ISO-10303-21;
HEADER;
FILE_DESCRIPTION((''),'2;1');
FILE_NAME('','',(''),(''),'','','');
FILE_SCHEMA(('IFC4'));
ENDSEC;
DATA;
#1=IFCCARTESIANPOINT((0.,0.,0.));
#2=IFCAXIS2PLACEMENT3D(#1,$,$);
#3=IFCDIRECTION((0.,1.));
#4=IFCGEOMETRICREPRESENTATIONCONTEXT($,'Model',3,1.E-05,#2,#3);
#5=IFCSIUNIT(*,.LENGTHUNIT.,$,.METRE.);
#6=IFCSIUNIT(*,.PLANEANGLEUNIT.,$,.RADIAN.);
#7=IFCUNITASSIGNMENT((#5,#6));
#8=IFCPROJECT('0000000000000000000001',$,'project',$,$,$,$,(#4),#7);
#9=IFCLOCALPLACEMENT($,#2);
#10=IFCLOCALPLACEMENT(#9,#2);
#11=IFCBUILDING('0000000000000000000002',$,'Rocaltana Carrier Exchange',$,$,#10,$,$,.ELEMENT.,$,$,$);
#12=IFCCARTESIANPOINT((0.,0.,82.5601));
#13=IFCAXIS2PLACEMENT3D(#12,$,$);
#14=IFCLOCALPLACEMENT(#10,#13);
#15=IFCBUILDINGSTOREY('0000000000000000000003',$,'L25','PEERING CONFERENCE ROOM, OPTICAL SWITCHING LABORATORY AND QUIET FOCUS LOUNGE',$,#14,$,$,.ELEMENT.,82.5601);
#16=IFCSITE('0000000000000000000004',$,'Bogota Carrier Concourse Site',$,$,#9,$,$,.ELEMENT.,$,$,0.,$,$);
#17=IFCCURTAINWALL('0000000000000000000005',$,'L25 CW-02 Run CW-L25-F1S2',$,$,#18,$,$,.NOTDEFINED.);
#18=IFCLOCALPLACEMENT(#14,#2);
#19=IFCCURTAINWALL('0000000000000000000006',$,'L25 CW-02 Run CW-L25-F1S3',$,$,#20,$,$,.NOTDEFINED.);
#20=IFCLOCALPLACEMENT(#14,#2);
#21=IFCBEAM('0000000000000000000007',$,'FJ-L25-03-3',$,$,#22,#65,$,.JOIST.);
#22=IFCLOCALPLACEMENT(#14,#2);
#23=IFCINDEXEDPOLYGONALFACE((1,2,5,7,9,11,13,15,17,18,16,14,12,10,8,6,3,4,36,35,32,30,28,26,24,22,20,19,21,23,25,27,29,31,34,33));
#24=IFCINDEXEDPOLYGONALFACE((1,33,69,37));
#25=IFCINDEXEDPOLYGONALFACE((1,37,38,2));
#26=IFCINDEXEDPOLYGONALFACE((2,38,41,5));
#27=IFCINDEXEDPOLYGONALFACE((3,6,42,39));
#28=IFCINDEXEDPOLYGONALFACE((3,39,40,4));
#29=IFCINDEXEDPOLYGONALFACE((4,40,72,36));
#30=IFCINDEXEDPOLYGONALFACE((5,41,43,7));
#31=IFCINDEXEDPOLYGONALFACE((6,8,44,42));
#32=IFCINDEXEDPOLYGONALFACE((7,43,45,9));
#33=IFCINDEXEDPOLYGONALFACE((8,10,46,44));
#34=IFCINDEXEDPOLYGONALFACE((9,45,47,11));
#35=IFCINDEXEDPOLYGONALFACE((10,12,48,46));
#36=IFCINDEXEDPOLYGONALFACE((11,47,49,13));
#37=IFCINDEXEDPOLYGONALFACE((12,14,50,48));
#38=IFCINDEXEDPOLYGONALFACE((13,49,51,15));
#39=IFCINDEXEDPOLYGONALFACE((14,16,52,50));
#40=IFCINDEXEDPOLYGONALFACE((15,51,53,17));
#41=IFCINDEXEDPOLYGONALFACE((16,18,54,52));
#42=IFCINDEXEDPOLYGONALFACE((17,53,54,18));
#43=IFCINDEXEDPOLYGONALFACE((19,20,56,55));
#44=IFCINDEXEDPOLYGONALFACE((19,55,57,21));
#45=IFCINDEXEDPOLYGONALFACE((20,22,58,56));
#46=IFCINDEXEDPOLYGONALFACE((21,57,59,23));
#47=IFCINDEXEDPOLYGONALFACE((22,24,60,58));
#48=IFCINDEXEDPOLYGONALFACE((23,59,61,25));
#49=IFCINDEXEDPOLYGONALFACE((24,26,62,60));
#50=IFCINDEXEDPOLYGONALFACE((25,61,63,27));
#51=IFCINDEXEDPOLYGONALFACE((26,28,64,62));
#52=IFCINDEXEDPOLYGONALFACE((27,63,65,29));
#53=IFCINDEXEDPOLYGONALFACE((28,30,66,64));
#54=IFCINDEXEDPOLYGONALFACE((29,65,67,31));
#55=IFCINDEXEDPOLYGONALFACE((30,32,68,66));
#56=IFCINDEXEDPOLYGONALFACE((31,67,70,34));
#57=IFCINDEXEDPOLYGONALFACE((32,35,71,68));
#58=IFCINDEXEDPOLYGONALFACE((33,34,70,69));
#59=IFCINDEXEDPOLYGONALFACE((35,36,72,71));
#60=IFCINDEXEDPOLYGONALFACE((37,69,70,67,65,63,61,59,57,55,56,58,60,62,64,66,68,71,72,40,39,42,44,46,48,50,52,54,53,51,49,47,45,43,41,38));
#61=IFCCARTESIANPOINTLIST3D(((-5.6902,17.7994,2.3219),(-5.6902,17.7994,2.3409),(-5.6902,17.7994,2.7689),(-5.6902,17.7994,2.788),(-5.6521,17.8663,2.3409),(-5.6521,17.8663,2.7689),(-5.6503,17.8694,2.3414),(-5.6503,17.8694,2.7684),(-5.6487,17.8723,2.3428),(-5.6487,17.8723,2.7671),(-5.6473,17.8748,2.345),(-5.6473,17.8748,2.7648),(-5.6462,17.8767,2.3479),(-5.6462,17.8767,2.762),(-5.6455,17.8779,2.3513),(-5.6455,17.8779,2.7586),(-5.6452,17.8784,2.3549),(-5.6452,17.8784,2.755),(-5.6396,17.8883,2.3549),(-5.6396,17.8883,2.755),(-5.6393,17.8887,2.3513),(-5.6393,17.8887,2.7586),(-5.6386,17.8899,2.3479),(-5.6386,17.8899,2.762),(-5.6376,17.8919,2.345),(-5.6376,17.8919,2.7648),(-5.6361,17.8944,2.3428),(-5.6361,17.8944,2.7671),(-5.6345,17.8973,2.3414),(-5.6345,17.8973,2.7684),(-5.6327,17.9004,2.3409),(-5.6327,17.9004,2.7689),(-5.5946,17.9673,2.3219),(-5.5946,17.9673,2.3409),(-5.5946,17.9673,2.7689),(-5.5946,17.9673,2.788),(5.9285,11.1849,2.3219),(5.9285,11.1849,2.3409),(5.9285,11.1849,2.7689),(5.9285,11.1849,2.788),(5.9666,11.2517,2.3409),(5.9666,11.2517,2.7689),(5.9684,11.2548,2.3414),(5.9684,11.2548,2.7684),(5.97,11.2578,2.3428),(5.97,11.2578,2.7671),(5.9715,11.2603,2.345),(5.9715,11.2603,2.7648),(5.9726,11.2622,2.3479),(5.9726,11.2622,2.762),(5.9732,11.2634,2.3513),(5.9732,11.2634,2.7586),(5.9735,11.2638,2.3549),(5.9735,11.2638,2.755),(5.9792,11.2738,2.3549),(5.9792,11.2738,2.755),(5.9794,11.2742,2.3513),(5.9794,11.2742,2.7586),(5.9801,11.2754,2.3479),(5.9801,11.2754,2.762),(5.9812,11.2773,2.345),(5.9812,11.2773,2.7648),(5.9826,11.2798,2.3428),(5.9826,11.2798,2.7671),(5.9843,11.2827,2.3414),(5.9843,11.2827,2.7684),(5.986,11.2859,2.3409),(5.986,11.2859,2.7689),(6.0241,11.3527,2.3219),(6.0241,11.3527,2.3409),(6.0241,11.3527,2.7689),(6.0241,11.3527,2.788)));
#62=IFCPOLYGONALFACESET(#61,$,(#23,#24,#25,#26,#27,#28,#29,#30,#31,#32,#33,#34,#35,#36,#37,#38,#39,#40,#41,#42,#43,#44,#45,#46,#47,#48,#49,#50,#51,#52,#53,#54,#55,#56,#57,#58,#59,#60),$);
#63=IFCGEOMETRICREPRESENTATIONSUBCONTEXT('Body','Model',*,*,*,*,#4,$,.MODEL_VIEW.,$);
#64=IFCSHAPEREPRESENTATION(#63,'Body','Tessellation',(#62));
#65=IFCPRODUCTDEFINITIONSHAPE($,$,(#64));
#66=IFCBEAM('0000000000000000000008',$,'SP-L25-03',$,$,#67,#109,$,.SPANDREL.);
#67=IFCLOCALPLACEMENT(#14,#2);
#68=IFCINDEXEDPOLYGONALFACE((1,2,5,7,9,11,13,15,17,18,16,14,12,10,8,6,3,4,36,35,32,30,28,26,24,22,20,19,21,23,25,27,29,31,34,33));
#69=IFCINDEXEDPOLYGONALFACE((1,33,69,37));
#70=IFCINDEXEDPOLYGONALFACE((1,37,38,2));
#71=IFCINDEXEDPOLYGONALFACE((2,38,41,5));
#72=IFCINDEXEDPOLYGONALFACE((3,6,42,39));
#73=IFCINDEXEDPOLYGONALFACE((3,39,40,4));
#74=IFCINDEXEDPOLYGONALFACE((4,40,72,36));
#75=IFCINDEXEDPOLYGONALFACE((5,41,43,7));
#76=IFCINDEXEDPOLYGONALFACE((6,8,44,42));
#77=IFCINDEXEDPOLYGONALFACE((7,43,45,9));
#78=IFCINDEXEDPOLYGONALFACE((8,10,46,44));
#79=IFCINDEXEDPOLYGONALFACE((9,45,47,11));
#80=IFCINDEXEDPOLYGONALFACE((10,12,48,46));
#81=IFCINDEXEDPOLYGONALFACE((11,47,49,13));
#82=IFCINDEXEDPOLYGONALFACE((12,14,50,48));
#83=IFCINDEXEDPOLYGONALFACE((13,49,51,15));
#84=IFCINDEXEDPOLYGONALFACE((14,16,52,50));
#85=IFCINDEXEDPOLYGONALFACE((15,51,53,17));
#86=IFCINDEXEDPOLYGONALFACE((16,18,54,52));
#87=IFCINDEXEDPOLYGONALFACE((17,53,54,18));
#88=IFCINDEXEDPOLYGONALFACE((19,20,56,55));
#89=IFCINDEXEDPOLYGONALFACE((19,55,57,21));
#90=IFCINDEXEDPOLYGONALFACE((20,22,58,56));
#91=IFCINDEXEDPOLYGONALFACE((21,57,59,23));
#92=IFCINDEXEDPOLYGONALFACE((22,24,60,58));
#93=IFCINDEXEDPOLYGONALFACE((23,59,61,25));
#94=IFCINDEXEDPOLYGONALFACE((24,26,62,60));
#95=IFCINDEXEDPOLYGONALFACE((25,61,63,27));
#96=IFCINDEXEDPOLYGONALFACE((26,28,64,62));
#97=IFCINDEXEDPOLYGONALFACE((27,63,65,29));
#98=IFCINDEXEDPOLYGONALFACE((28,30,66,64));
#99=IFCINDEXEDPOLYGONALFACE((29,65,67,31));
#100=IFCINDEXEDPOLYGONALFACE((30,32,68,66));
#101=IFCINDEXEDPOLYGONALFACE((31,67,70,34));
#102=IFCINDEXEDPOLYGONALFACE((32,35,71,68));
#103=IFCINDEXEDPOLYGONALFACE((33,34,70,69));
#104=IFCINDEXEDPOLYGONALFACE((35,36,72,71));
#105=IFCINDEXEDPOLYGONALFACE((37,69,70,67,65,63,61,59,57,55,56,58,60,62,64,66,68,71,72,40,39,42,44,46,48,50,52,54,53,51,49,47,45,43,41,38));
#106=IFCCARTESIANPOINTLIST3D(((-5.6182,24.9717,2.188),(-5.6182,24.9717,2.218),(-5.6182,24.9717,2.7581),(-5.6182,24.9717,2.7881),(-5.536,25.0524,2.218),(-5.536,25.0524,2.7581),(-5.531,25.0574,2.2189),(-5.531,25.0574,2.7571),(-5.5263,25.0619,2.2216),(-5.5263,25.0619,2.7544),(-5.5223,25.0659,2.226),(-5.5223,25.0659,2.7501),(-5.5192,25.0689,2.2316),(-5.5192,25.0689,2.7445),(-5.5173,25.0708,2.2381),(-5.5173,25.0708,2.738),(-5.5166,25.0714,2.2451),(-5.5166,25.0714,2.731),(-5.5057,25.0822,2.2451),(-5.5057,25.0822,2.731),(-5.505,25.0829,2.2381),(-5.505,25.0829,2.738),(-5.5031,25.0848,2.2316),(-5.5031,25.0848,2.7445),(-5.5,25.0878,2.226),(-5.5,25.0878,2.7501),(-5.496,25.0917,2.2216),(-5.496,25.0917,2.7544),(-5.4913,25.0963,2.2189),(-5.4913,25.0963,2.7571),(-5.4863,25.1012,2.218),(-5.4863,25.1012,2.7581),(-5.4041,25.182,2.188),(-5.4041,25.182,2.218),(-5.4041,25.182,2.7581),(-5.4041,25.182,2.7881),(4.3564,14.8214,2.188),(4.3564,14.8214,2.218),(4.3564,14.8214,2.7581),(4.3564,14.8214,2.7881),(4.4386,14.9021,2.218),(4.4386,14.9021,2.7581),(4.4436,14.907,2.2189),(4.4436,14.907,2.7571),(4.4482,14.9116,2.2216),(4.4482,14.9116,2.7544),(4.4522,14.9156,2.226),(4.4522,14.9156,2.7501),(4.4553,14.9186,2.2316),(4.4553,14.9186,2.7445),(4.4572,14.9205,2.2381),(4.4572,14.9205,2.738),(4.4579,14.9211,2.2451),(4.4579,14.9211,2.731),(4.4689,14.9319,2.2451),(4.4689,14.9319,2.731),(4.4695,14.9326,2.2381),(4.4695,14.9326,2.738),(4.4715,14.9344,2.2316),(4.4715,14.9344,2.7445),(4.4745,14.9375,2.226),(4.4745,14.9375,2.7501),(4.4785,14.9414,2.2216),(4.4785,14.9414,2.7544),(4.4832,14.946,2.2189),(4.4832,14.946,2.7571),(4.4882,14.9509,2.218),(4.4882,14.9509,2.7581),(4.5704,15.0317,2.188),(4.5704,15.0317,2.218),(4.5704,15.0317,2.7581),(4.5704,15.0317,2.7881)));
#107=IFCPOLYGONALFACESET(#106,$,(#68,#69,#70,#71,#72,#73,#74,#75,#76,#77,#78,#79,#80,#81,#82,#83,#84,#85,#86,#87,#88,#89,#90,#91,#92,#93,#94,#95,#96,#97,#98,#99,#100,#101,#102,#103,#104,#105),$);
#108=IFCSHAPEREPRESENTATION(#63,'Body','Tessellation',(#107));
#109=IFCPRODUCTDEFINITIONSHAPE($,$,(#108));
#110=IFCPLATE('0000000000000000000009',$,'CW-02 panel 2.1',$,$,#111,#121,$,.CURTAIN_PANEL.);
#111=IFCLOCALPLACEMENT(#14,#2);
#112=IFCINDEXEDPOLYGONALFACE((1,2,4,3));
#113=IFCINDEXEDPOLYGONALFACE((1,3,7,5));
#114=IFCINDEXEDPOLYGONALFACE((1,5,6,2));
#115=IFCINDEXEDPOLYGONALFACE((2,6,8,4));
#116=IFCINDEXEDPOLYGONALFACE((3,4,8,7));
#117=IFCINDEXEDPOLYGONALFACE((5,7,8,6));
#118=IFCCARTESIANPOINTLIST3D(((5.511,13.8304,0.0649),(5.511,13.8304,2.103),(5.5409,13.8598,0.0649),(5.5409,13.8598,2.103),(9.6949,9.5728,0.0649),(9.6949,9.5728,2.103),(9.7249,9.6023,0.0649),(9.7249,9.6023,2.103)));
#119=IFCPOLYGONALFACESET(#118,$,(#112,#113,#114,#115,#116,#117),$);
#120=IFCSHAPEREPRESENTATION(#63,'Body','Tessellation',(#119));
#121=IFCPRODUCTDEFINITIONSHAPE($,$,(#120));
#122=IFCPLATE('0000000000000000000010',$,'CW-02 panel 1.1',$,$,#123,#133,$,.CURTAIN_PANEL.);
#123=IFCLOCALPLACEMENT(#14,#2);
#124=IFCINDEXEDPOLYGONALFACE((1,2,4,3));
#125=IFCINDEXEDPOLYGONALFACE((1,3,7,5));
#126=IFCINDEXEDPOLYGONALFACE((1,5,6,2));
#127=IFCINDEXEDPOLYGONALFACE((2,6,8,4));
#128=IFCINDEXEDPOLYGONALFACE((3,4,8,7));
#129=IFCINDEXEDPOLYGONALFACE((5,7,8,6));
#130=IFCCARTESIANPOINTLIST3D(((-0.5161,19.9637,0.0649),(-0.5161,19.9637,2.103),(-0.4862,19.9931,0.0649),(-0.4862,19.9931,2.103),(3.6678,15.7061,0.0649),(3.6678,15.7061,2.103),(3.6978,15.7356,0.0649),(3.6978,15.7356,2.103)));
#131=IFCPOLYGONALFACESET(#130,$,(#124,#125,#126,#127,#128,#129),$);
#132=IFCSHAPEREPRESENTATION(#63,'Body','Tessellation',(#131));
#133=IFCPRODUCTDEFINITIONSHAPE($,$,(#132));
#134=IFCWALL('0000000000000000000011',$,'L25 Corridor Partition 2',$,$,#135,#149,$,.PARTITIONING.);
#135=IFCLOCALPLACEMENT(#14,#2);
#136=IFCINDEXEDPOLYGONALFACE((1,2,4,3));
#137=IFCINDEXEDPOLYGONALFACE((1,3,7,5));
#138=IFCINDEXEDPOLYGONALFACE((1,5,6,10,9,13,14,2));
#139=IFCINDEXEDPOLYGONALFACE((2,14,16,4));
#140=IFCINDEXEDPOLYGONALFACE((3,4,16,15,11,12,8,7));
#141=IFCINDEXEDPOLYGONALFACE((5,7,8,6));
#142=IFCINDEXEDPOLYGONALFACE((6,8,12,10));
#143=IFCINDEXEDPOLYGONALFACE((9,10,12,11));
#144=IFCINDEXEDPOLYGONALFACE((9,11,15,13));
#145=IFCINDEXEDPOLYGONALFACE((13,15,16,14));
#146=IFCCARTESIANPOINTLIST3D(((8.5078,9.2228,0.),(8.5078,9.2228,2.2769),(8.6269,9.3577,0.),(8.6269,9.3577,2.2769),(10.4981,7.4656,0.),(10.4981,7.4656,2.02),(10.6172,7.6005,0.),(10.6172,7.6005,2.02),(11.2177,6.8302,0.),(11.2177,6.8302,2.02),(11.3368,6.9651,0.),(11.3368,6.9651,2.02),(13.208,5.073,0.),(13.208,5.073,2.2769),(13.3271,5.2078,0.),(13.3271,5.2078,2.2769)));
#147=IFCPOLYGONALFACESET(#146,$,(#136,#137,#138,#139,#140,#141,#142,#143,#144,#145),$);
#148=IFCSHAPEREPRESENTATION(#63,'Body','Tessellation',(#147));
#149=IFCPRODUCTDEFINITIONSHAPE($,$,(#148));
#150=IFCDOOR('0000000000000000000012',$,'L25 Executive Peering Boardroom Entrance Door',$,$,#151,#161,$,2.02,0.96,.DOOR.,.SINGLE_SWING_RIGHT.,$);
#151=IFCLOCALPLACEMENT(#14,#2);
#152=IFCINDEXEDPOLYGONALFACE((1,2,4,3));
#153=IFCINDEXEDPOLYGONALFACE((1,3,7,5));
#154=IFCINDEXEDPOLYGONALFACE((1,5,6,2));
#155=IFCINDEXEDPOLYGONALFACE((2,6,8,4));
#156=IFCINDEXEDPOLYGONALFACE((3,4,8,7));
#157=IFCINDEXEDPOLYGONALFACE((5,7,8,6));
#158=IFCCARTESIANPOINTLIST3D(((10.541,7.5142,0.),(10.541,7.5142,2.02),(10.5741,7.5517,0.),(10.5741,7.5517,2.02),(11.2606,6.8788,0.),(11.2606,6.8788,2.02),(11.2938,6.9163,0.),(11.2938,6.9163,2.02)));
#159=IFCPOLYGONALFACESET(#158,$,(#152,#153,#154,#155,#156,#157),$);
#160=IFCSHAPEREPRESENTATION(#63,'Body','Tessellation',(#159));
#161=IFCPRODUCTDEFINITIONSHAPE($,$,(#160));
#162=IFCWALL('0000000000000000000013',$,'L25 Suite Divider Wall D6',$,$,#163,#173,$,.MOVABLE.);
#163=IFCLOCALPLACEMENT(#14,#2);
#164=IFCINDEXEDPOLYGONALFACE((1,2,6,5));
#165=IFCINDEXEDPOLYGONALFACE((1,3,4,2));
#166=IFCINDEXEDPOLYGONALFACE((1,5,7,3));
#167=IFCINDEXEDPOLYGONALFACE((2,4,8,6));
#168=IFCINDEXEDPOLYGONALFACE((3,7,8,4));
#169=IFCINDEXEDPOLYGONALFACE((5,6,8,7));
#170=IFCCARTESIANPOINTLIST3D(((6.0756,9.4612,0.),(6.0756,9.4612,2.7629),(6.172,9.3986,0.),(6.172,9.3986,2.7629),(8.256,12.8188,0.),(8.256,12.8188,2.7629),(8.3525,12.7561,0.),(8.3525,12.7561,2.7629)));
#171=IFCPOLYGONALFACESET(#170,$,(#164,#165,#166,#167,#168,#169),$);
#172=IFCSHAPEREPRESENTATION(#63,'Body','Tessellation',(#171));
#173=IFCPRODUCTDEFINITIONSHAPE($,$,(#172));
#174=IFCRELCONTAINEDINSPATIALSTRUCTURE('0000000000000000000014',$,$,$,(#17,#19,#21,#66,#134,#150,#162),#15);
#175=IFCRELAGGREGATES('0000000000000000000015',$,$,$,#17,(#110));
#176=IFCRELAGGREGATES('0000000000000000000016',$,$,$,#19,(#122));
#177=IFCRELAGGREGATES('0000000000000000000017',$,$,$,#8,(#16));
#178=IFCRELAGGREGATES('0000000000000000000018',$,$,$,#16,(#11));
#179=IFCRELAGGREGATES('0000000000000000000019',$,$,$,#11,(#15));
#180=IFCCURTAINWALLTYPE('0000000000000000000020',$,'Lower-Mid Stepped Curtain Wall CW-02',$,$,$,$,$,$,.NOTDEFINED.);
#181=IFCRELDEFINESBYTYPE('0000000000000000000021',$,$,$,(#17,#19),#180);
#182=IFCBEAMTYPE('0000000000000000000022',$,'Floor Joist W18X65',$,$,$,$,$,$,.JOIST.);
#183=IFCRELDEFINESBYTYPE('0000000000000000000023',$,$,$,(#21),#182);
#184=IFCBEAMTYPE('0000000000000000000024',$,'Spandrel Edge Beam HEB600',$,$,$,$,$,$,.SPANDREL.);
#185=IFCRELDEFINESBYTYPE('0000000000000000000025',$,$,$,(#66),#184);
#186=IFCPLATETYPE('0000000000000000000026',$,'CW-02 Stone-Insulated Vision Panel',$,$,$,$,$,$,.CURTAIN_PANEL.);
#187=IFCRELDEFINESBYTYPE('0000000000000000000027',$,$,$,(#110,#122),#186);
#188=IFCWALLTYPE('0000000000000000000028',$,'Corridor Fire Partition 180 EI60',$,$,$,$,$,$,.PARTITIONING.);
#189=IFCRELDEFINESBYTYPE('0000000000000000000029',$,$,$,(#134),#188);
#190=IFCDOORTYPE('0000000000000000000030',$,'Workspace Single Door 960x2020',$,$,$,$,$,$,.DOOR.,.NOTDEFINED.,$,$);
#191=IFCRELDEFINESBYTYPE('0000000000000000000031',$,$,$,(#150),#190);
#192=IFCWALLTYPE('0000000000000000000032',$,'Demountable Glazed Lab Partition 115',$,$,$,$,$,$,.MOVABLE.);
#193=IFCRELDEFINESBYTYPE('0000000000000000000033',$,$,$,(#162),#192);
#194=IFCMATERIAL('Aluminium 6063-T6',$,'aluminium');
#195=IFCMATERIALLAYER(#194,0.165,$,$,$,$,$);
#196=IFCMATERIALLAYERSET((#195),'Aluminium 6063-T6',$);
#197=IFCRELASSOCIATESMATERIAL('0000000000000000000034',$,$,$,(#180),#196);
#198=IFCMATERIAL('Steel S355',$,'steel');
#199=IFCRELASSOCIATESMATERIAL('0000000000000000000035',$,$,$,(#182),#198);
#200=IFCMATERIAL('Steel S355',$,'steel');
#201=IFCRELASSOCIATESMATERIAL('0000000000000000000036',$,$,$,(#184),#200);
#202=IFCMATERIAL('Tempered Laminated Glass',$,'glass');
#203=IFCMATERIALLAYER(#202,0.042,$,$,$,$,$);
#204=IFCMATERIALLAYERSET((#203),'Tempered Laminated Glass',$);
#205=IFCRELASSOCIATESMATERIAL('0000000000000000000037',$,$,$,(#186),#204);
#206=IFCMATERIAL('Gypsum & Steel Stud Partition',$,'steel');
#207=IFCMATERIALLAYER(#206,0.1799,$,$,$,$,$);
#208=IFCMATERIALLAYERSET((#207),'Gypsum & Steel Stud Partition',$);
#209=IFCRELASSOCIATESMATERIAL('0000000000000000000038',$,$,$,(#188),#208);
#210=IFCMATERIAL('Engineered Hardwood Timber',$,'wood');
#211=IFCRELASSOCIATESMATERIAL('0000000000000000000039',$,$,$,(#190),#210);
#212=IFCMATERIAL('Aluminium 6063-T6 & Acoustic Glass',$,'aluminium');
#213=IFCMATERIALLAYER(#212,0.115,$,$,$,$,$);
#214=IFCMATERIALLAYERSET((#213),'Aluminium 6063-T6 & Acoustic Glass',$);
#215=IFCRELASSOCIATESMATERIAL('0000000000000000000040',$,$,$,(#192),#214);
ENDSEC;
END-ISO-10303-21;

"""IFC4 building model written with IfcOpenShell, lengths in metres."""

from ifc_helpers import new_model, si_unit, direction, frame, frame_2d, origin, origin_2d, place, context, subcontext, project, spatial, rectangle, i_section, extrude, material, layer, layer_set, material_profile, profile_set, type_object, element, fill, aggregate, save


model = new_model("IFC4")

# Units and contexts
model_context = context("Model", 3, precision=1e-05, world=origin(), true_north=direction((0.0, 1.0)))
body_context = subcontext(model_context, "Body", "Model", "MODEL_VIEW")
ifc_project = project(units=[si_unit("LENGTHUNIT", "METRE"), si_unit("PLANEANGLEUNIT", "RADIAN")], contexts=[model_context])

# Site, building, storey
site_placement = place(None, origin())
site = spatial("IfcSite", under=ifc_project, at=site_placement, Name="Bogota Carrier Concourse Site", CompositionType="ELEMENT", RefElevation=0.0)
building_placement = place(site_placement, origin())
building = spatial("IfcBuilding", under=site, at=building_placement, Name="Rocaltana Carrier Exchange", CompositionType="ELEMENT")
storey_placement = place(building_placement, frame((0.0, 0.0, 82.5601)))
storey = spatial("IfcBuildingStorey", under=building, at=storey_placement, Name="L25", Description="PEERING CONFERENCE ROOM, OPTICAL SWITCHING LABORATORY AND QUIET FOCUS LOUNGE", CompositionType="ELEMENT", Elevation=82.5601)

# Curtain wall
ifc_material_1 = material(Name="Aluminium 6063-T6", Category="aluminium")
ifc_layer_1 = layer(ifc_material_1, 0.165)
ifc_layer_set_1 = layer_set([ifc_layer_1], Name="Aluminium 6063-T6")
curtain_wall_type = type_object("IfcCurtainWallType", Name="Lower-Mid Stepped Curtain Wall CW-02", PredefinedType="NOTDEFINED", material=ifc_layer_set_1)
curtain_wall_1_placement = place(storey_placement, origin())
curtain_wall_1 = element("IfcCurtainWall", 1, at=curtain_wall_1_placement, inside=storey, type_object=curtain_wall_type, Name="L25 CW-02 Run CW-L25-F1S2", PredefinedType="NOTDEFINED")

# Curtain wall
curtain_wall_2_placement = place(storey_placement, origin())
curtain_wall_2 = element("IfcCurtainWall", 2, at=curtain_wall_2_placement, inside=storey, type_object=curtain_wall_type, Name="L25 CW-02 Run CW-L25-F1S3", PredefinedType="NOTDEFINED")

# Beams
ifc_material_2 = material(Name="Steel S355", Category="steel")
ifc_material_profile_1 = material_profile(ifc_material_2, i_section(OverallWidth=0.1931, OverallDepth=0.4661, WebThickness=0.0115, FlangeThickness=0.019, FilletRadius=0.0139, at=origin_2d()), Name="W18X65")
ifc_profile_set_1 = profile_set([ifc_material_profile_1], Name="Steel S355")
beam_type_1 = type_object("IfcBeamType", Name="Floor Joist W18X65", PredefinedType="JOIST", material=ifc_profile_set_1)
beam_1_placement = place(storey_placement, frame((5.9763, 11.2688, 2.5549), z_axis=(-0.869039, 0.494744, 0.0), x_axis=(-0.494744, -0.869039, 0.0)))
element("IfcBeam", 3, at=beam_1_placement, inside=storey, type_object=beam_type_1, Name="FJ-L25-03-3", PredefinedType="JOIST", context=body_context, shape_type="SweptSolid", body=[
    extrude(i_section(OverallWidth=0.1931, OverallDepth=0.4661, WebThickness=0.0115, FlangeThickness=0.019, FilletRadius=0.0139, at=origin_2d()), origin(), (0.0, 0.0, 1.0), 13.3696),
])
ifc_material_3 = material(Name="Steel S355", Category="steel")
ifc_material_profile_2 = material_profile(ifc_material_3, i_section(OverallWidth=0.3, OverallDepth=0.6001, WebThickness=0.0154, FlangeThickness=0.03, FilletRadius=0.0271, at=origin_2d()), Name="HEB600")
ifc_profile_set_2 = profile_set([ifc_material_profile_2], Name="Steel S355")
beam_type_2 = type_object("IfcBeamType", Name="Spandrel Edge Beam HEB600", PredefinedType="SPANDREL", material=ifc_profile_set_2)
beam_2_placement = place(storey_placement, frame((4.4634, 14.9265, 2.488), z_axis=(-0.700904, 0.713256, 0.0), x_axis=(-0.713256, -0.700904, 0.0)))
element("IfcBeam", 4, at=beam_2_placement, inside=storey, type_object=beam_type_2, Name="SP-L25-03", PredefinedType="SPANDREL", context=body_context, shape_type="SweptSolid", body=[
    extrude(i_section(OverallWidth=0.3, OverallDepth=0.6001, WebThickness=0.0154, FlangeThickness=0.03, FilletRadius=0.0271, at=origin_2d()), origin(), (0.0, 0.0, 1.0), 14.231),
])

# Plates
ifc_material_4 = material(Name="Tempered Laminated Glass", Category="glass")
ifc_layer_2 = layer(ifc_material_4, 0.042)
ifc_layer_set_2 = layer_set([ifc_layer_2], Name="Tempered Laminated Glass")
plate_type = type_object("IfcPlateType", Name="CW-02 Stone-Insulated Vision Panel", PredefinedType="CURTAIN_PANEL", material=ifc_layer_set_2)
plate_1_placement = place(storey_placement, frame((7.6179, 11.7163, 0.0649), z_axis=(0.0, 0.0, 1.0), x_axis=(-0.700915, 0.713245, 0.0)))
plate_1 = element("IfcPlate", 5, at=plate_1_placement, type_object=plate_type, Name="CW-02 panel 2.1", PredefinedType="CURTAIN_PANEL", context=body_context, shape_type="SweptSolid", body=[
    extrude(rectangle(XDim=5.9692, YDim=0.042, at=origin_2d()), origin(), (0.0, 0.0, 1.0), 2.0381),
])
aggregate(curtain_wall_1, [plate_1])
plate_2_placement = place(storey_placement, frame((1.5908, 17.8496, 0.0649), z_axis=(0.0, 0.0, 1.0), x_axis=(-0.700915, 0.713245, 0.0)))
plate_2 = element("IfcPlate", 6, at=plate_2_placement, type_object=plate_type, Name="CW-02 panel 1.1", PredefinedType="CURTAIN_PANEL", context=body_context, shape_type="SweptSolid", body=[
    extrude(rectangle(XDim=5.9692, YDim=0.042, at=origin_2d()), origin(), (0.0, 0.0, 1.0), 2.0381),
])
aggregate(curtain_wall_2, [plate_2])

# Wall, opening, door
ifc_material_5 = material(Name="Gypsum & Steel Stud Partition", Category="steel")
ifc_layer_3 = layer(ifc_material_5, 0.1799)
ifc_layer_set_3 = layer_set([ifc_layer_3], Name="Gypsum & Steel Stud Partition")
wall_type_1 = type_object("IfcWallType", Name="Corridor Fire Partition 180 EI60", PredefinedType="PARTITIONING", material=ifc_layer_set_3)
wall_1_placement = place(storey_placement, frame((8.5674, 9.2903, 0.0), z_axis=(0.0, 0.0, 1.0), x_axis=(0.749626, -0.661861, 0.0)))
wall_1 = element("IfcWall", 7, at=wall_1_placement, inside=storey, type_object=wall_type_1, Name="L25 Corridor Partition 2", PredefinedType="PARTITIONING", context=body_context, shape_type="SweptSolid", body=[
    extrude(rectangle(XDim=6.27, YDim=0.1799, at=frame_2d((3.135, 0.0))), origin(), (0.0, 0.0, 1.0), 2.2769),
])
opening_placement = place(wall_1_placement, frame((2.655, 0.0, 0.0)))
opening = element("IfcOpeningElement", 8, at=opening_placement, cuts=wall_1, PredefinedType="OPENING", context=body_context, shape_type="SweptSolid", body=[
    extrude(rectangle(XDim=0.96, YDim=2.02, at=frame_2d((0.48, 1.01))), frame((0.0, 0.0999, 0.0), z_axis=(0.0, -1.0, 0.0), x_axis=(1.0, 0.0, 0.0)), (0.0, 0.0, 1.0), 0.2),
])
ifc_material_6 = material(Name="Engineered Hardwood Timber", Category="wood")
door_type = type_object("IfcDoorType", Name="Workspace Single Door 960x2020", OperationType="NOTDEFINED", PredefinedType="DOOR", material=ifc_material_6)
door_placement = place(opening_placement, origin())
door = element("IfcDoor", 9, at=door_placement, inside=storey, type_object=door_type, Name="L25 Executive Peering Boardroom Entrance Door", OperationType="SINGLE_SWING_RIGHT", OverallHeight=2.02, OverallWidth=0.96, PredefinedType="DOOR", context=body_context, shape_type="SweptSolid", body=[
    extrude(rectangle(XDim=0.96, YDim=2.02, at=frame_2d((0.48, 1.01))), frame((0.0, 0.0249, 0.0), z_axis=(0.0, -1.0, 0.0), x_axis=(1.0, 0.0, 0.0)), (0.0, 0.0, 1.0), 0.05),
])
fill(opening, door)

# Wall
ifc_material_7 = material(Name="Aluminium 6063-T6 & Acoustic Glass", Category="aluminium")
ifc_layer_4 = layer(ifc_material_7, 0.115)
ifc_layer_set_4 = layer_set([ifc_layer_4], Name="Aluminium 6063-T6 & Acoustic Glass")
wall_type_2 = type_object("IfcWallType", Name="Demountable Glazed Lab Partition 115", PredefinedType="MOVABLE", material=ifc_layer_set_4)
wall_2_placement = place(storey_placement, frame((6.1238, 9.4299, 0.0), z_axis=(0.0, 0.0, 1.0), x_axis=(0.544654, 0.838661, 0.0)))
element("IfcWall", 10, at=wall_2_placement, inside=storey, type_object=wall_type_2, Name="L25 Suite Divider Wall D6", PredefinedType="MOVABLE", context=body_context, shape_type="SweptSolid", body=[
    extrude(rectangle(XDim=4.0034, YDim=0.115, at=frame_2d((2.0017, 0.0))), origin(), (0.0, 0.0, 1.0), 2.7629),
])

save(model, "model.ifc")
